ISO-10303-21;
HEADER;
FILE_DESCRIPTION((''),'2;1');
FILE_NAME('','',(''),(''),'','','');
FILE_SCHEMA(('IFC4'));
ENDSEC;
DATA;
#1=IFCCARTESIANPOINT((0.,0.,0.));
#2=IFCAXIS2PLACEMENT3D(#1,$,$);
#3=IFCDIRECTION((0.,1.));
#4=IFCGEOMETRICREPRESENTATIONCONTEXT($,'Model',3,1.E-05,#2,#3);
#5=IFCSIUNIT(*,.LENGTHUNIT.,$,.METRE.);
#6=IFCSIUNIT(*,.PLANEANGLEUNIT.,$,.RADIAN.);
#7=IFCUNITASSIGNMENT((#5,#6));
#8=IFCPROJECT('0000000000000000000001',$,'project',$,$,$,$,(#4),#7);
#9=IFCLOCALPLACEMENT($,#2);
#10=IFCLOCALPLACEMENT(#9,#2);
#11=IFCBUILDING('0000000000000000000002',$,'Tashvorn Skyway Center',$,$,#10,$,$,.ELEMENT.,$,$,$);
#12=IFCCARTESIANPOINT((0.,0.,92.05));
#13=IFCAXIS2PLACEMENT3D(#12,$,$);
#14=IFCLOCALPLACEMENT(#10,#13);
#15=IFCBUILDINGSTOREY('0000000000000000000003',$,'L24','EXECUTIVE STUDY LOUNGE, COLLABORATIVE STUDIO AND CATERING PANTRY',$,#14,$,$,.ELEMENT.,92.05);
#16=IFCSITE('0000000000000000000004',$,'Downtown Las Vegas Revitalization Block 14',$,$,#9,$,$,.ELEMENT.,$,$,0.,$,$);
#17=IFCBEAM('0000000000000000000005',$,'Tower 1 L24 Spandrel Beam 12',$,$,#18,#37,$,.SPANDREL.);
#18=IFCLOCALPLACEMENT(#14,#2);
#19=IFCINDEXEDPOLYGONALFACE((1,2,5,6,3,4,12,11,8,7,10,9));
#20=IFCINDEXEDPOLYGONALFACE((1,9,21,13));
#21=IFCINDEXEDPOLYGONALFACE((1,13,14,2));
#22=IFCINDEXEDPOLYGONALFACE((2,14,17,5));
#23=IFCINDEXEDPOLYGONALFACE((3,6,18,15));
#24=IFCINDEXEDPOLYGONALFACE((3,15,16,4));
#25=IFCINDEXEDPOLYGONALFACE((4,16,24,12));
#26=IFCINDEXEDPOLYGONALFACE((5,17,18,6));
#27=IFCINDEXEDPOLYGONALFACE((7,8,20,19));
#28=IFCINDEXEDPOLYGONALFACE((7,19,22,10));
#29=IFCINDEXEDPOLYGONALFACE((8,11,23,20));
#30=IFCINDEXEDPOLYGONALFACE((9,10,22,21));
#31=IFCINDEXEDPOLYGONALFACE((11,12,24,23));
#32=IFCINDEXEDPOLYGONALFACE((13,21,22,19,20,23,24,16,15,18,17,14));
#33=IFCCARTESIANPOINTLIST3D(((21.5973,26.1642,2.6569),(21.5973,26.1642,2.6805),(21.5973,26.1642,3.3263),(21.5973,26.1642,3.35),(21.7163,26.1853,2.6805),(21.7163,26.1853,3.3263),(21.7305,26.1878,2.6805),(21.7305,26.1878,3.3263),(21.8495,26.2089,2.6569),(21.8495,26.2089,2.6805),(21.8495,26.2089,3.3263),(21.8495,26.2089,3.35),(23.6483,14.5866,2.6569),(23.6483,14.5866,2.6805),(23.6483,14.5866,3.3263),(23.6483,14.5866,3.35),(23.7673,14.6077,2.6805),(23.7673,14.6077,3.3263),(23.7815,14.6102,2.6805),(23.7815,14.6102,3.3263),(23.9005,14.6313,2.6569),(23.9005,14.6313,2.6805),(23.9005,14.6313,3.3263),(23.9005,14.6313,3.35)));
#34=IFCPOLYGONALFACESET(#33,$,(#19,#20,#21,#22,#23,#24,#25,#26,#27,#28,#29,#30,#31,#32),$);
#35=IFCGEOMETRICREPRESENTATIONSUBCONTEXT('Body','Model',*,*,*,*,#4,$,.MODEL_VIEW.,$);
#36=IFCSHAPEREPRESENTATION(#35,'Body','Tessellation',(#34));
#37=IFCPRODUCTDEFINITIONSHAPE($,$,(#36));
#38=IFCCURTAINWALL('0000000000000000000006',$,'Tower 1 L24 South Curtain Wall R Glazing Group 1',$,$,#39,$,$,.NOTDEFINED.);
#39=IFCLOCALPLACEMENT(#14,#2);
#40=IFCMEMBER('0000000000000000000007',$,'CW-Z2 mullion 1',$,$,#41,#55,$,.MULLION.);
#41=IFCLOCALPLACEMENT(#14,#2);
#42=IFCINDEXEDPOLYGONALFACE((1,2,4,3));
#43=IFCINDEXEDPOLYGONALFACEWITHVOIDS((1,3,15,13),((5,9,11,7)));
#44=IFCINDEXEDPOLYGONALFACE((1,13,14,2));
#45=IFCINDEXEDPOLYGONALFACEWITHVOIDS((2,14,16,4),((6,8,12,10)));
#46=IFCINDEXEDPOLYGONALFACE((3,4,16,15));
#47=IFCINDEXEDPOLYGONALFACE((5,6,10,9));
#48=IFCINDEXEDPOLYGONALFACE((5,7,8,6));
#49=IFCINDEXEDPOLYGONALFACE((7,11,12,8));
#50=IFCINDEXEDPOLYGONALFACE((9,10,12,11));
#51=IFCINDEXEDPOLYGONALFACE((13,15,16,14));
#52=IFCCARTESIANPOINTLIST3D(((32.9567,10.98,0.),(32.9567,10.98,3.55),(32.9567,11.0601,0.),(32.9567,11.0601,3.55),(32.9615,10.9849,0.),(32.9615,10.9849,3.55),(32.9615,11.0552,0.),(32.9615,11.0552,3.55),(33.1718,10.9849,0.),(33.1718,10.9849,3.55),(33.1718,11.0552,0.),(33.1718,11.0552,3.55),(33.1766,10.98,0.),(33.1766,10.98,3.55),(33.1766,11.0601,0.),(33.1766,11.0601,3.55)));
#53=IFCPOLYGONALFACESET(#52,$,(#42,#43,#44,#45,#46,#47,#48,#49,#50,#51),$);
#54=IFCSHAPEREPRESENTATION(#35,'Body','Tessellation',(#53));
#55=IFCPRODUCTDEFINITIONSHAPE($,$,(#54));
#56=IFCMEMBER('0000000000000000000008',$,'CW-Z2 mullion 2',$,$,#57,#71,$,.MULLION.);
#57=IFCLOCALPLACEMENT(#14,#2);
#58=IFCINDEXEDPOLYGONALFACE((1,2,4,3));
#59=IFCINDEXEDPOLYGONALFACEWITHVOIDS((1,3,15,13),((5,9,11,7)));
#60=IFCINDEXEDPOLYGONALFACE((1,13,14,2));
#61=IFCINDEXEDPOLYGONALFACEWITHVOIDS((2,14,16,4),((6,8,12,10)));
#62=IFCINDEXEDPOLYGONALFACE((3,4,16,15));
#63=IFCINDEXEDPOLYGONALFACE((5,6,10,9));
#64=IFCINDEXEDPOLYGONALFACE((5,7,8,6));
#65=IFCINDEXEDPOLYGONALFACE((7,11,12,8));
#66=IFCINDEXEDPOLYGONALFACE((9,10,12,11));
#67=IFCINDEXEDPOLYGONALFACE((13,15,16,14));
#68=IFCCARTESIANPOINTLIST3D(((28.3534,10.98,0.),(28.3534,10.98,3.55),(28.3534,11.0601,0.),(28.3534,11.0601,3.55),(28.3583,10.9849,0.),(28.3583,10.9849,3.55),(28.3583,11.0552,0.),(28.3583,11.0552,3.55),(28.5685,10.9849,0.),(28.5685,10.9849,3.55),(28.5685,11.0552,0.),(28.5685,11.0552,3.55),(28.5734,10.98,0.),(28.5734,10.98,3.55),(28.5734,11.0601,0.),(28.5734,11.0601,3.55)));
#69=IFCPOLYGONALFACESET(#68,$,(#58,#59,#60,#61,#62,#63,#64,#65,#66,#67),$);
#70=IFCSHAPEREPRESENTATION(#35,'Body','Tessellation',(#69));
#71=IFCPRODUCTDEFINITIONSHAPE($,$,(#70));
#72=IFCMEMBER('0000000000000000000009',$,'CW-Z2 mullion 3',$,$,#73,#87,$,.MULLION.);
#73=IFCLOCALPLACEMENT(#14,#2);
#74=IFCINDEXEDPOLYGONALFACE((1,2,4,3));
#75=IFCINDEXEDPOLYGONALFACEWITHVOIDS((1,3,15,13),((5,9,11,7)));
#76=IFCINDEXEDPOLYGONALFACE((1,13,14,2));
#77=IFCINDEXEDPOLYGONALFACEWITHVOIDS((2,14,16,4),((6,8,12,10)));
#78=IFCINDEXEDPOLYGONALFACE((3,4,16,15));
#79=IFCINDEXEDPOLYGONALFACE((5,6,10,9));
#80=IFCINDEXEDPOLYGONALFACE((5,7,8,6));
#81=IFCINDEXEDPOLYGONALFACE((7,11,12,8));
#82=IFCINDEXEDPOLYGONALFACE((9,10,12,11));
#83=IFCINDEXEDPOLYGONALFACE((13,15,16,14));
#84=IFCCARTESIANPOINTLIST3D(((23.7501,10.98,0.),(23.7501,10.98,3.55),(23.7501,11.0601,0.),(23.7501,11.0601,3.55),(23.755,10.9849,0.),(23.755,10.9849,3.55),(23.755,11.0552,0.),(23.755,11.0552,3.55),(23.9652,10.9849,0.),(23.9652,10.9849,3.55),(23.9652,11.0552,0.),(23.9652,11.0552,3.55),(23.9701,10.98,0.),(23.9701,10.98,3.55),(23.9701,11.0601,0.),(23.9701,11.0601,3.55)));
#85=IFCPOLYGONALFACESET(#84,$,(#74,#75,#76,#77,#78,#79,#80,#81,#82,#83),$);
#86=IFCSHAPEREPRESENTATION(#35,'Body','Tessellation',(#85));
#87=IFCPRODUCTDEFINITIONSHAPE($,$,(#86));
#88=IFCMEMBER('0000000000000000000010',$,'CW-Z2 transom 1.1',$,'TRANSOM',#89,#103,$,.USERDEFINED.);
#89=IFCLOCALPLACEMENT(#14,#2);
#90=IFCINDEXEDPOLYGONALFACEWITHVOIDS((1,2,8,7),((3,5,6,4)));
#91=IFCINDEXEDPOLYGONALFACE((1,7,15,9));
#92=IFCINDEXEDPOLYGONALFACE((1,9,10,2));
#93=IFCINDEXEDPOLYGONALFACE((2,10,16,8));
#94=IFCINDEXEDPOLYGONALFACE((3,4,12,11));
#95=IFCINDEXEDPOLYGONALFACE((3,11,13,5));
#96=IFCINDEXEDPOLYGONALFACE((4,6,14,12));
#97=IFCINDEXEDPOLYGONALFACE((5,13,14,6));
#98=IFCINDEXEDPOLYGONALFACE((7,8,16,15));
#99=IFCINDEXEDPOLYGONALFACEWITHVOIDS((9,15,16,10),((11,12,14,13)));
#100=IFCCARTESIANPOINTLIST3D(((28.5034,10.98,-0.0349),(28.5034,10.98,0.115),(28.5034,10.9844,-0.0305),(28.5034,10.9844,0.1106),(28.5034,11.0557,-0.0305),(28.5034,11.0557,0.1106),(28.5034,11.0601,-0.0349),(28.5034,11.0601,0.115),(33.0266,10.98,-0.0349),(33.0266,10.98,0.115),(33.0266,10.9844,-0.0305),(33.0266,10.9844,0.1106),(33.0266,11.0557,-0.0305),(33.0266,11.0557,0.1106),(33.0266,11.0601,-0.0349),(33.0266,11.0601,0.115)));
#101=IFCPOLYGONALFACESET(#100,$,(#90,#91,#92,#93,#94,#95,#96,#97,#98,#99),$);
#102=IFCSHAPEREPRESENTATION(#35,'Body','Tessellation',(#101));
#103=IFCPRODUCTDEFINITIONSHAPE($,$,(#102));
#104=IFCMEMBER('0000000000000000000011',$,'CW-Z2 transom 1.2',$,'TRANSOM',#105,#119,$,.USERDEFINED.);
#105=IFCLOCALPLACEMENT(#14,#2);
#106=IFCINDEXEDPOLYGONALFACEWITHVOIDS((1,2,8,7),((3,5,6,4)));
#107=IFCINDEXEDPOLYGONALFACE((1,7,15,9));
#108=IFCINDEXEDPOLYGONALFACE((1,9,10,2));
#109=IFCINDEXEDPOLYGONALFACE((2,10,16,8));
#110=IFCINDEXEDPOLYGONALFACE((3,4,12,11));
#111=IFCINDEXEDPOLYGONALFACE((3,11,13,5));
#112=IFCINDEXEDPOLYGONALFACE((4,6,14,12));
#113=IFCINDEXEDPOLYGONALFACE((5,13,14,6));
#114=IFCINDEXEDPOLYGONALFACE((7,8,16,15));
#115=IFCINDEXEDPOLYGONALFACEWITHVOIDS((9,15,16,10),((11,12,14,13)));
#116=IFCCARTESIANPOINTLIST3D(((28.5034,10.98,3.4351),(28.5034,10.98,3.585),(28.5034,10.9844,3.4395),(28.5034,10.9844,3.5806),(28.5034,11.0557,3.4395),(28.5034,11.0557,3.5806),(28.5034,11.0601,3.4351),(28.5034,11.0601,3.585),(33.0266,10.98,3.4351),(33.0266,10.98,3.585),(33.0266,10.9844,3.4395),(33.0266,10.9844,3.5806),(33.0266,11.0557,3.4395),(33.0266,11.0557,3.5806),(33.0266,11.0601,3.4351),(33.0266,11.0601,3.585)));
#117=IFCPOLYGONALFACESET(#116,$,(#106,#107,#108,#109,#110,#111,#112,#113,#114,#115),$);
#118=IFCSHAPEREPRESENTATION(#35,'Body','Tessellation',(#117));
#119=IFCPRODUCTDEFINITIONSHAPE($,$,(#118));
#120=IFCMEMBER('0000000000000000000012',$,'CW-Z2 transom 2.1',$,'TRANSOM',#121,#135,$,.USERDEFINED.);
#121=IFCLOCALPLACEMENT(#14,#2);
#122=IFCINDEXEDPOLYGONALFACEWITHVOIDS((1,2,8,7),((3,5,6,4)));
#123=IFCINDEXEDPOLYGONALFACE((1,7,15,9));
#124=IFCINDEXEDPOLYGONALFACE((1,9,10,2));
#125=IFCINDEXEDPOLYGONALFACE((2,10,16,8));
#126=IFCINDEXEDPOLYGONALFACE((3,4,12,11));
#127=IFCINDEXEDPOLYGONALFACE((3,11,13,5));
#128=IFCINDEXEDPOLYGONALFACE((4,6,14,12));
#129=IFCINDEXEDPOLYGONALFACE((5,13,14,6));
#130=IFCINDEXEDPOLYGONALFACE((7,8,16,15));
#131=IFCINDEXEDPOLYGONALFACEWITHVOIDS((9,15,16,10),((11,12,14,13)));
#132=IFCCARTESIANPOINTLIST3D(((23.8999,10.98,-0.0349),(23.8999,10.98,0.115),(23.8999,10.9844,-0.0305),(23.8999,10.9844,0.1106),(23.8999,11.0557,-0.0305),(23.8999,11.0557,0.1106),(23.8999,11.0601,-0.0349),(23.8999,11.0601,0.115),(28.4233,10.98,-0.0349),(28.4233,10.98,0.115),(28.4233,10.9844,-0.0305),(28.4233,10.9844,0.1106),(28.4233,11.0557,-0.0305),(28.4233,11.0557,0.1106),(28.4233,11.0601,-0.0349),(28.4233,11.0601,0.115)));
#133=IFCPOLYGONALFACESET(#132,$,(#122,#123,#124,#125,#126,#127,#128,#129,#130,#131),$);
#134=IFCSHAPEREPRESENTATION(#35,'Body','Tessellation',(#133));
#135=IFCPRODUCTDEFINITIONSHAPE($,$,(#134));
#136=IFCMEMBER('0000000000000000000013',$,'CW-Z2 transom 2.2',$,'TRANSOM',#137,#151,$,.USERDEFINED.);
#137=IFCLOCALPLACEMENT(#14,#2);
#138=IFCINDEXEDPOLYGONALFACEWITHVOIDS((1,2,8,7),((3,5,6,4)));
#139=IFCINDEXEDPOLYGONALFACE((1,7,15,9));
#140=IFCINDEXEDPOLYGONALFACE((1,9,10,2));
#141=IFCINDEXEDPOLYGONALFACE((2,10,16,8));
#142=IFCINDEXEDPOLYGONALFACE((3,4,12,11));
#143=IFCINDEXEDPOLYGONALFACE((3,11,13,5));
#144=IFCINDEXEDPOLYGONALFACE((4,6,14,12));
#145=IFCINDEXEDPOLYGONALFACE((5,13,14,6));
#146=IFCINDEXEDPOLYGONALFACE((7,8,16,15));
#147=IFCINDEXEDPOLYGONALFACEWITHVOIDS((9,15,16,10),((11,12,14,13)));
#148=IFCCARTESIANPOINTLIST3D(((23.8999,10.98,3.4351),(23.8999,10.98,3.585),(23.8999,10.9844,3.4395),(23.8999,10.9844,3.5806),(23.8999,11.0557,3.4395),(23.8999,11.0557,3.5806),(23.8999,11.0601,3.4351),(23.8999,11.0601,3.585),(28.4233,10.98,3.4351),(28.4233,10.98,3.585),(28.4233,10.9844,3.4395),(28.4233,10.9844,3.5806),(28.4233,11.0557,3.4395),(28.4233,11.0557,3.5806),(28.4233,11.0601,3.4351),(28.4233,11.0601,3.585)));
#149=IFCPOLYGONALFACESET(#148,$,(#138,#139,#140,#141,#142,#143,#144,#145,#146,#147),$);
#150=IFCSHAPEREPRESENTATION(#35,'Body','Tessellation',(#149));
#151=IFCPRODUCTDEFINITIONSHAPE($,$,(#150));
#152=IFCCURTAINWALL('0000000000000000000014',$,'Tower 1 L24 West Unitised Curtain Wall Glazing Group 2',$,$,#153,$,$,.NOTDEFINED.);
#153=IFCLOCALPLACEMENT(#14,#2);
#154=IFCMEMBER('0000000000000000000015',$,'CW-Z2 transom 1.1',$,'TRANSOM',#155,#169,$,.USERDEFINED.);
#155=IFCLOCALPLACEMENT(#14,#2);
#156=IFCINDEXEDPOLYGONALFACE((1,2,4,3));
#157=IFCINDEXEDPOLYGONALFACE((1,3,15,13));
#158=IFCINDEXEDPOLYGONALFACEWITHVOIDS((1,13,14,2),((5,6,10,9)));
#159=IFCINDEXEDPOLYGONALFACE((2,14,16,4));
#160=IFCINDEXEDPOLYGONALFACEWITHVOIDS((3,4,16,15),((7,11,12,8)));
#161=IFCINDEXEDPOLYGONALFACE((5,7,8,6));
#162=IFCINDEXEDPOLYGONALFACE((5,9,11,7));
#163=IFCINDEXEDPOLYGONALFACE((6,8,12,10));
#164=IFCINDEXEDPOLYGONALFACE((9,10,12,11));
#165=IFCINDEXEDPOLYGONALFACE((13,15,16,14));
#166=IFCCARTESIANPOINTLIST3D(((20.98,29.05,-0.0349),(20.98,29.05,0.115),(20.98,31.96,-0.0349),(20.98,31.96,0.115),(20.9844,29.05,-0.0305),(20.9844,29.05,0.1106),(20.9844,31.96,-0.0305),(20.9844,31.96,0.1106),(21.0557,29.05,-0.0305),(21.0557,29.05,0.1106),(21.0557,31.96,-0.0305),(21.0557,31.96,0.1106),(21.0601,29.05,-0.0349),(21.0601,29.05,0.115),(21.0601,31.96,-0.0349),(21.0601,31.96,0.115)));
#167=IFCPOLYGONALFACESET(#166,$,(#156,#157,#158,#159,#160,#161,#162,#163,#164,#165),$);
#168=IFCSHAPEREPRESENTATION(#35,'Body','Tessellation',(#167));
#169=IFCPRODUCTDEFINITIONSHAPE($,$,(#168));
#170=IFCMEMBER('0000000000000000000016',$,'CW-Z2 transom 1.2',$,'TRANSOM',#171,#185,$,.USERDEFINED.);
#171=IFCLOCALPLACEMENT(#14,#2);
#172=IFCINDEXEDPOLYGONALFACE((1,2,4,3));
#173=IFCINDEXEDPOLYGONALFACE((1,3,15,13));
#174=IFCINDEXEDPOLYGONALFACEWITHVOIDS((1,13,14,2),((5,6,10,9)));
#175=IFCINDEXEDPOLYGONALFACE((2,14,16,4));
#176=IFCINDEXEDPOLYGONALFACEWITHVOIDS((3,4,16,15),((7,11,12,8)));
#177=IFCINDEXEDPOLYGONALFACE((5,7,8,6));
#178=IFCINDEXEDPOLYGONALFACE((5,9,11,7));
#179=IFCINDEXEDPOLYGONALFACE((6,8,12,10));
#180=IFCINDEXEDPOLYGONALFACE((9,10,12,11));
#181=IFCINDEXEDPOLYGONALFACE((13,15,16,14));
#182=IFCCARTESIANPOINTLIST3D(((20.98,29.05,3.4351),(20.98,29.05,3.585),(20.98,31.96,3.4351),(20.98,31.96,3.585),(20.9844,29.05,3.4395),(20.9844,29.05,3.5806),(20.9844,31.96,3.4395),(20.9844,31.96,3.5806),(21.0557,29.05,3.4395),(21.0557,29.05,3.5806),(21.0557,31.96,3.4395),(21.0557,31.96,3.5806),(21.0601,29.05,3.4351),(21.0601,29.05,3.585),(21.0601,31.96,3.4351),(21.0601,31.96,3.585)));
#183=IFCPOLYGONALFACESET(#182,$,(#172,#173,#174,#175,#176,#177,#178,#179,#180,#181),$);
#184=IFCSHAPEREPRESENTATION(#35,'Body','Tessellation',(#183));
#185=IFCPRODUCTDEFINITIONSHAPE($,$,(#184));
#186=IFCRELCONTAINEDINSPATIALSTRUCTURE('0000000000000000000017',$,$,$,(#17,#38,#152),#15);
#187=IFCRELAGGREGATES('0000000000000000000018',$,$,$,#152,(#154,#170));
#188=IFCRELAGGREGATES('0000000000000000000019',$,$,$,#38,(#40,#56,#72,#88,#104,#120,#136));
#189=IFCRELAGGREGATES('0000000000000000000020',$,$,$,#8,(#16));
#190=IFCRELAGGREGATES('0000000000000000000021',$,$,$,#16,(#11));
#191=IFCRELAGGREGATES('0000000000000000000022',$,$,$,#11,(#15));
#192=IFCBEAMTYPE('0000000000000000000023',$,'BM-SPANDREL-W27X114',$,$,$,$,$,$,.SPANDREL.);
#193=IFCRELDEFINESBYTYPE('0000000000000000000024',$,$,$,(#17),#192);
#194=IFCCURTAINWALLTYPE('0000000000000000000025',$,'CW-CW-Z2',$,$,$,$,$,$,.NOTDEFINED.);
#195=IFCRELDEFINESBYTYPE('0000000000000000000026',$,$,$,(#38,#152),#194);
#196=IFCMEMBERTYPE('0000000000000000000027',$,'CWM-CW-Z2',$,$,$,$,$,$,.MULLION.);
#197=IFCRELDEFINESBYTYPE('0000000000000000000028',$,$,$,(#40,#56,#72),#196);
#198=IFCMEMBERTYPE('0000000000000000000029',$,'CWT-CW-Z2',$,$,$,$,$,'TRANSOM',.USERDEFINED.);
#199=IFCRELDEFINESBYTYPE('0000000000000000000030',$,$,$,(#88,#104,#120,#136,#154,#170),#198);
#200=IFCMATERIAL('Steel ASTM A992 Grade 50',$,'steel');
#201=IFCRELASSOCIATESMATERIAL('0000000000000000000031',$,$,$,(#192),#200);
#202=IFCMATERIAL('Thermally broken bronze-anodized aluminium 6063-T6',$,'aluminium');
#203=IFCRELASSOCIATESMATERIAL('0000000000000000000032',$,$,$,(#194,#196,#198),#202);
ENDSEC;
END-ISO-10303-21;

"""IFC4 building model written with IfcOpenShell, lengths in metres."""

from ifc_helpers import new_model, si_unit, direction, frame, origin, origin_2d, place, context, subcontext, project, spatial, hollow_rectangle, i_section, extrude, material, material_profile, profile_set, type_object, element, aggregate, save


model = new_model("IFC4")

# Units and contexts
model_context = context("Model", 3, precision=1e-05, world=origin(), true_north=direction((0.0, 1.0)))
body_context = subcontext(model_context, "Body", "Model", "MODEL_VIEW")
ifc_project = project(units=[si_unit("LENGTHUNIT", "METRE"), si_unit("PLANEANGLEUNIT", "RADIAN")], contexts=[model_context])

# Site, building, storey
site_placement = place(None, origin())
site = spatial("IfcSite", under=ifc_project, at=site_placement, Name="Downtown Las Vegas Revitalization Block 14", CompositionType="ELEMENT", RefElevation=0.0)
building_placement = place(site_placement, origin())
building = spatial("IfcBuilding", under=site, at=building_placement, Name="Tashvorn Skyway Center", CompositionType="ELEMENT")
storey_placement = place(building_placement, frame((0.0, 0.0, 92.05)))
storey = spatial("IfcBuildingStorey", under=building, at=storey_placement, Name="L24", Description="EXECUTIVE STUDY LOUNGE, COLLABORATIVE STUDIO AND CATERING PANTRY", CompositionType="ELEMENT", Elevation=92.05)

# Beam
ifc_material_1 = material(Name="Steel ASTM A992 Grade 50", Category="steel")
ifc_material_profile_1 = material_profile(ifc_material_1, i_section(OverallWidth=0.2561, OverallDepth=0.6931, WebThickness=0.0144, FlangeThickness=0.0237, at=origin_2d()), Name="W27X114")
ifc_profile_set_1 = profile_set([ifc_material_profile_1], Name="Steel ASTM A992 Grade 50")
beam_type_1 = type_object("IfcBeamType", Name="BM-SPANDREL-W27X114", PredefinedType="SPANDREL", material=ifc_profile_set_1)
beam_1_placement = place(storey_placement, frame((21.7234, 26.1865, 3.0034), z_axis=(0.174438, -0.984668, 0.0), x_axis=(0.984668, 0.174438, 0.0)))
element("IfcBeam", 1, at=beam_1_placement, inside=storey, type_object=beam_type_1, Name="Tower 1 L24 Spandrel Beam 12", PredefinedType="SPANDREL", context=body_context, shape_type="SweptSolid", body=[
    extrude(i_section(OverallWidth=0.2561, OverallDepth=0.6931, WebThickness=0.0144, FlangeThickness=0.0237, at=origin_2d()), origin(), (0.0, 0.0, 1.0), 11.7578),
])

# Curtain walls, members
ifc_material_2 = material(Name="Thermally broken bronze-anodized aluminium 6063-T6", Category="aluminium")
curtain_wall_type = type_object("IfcCurtainWallType", Name="CW-CW-Z2", PredefinedType="NOTDEFINED", material=ifc_material_2)
curtain_wall_1_placement = place(storey_placement, origin())
curtain_wall_1 = element("IfcCurtainWall", 2, at=curtain_wall_1_placement, inside=storey, type_object=curtain_wall_type, Name="Tower 1 L24 South Curtain Wall R Glazing Group 1", PredefinedType="NOTDEFINED")
ifc_material_profile_2 = material_profile(ifc_material_2, hollow_rectangle(XDim=0.0801, YDim=0.22, WallThickness=0.0049, at=origin_2d()), Name="ALU-MULL-80x220")
ifc_profile_set_2 = profile_set([ifc_material_profile_2], Name="Thermally broken bronze-anodized aluminium 6063-T6")
member_type_1 = type_object("IfcMemberType", Name="CWM-CW-Z2", PredefinedType="MULLION", material=ifc_profile_set_2)
member_1_placement = place(storey_placement, frame((33.0667, 11.02, 0.0), z_axis=(0.0, 0.0, 1.0), x_axis=(0.0, -1.0, 0.0)))
member_1 = element("IfcMember", 3, at=member_1_placement, type_object=member_type_1, Name="CW-Z2 mullion 1", PredefinedType="MULLION", context=body_context, shape_type="SweptSolid", body=[
    extrude(hollow_rectangle(XDim=0.0801, YDim=0.22, WallThickness=0.0049, at=origin_2d()), origin(), (0.0, 0.0, 1.0), 3.55),
])
member_2_placement = place(storey_placement, frame((28.4634, 11.02, 0.0), z_axis=(0.0, 0.0, 1.0), x_axis=(0.0, -1.0, 0.0)))
member_2 = element("IfcMember", 4, at=member_2_placement, type_object=member_type_1, Name="CW-Z2 mullion 2", PredefinedType="MULLION", context=body_context, shape_type="SweptSolid", body=[
    extrude(hollow_rectangle(XDim=0.0801, YDim=0.22, WallThickness=0.0049, at=origin_2d()), origin(), (0.0, 0.0, 1.0), 3.55),
])
member_3_placement = place(storey_placement, frame((23.8601, 11.02, 0.0), z_axis=(0.0, 0.0, 1.0), x_axis=(0.0, -1.0, 0.0)))
member_3 = element("IfcMember", 5, at=member_3_placement, type_object=member_type_1, Name="CW-Z2 mullion 3", PredefinedType="MULLION", context=body_context, shape_type="SweptSolid", body=[
    extrude(hollow_rectangle(XDim=0.0801, YDim=0.22, WallThickness=0.0049, at=origin_2d()), origin(), (0.0, 0.0, 1.0), 3.55),
])
ifc_material_profile_3 = material_profile(ifc_material_2, hollow_rectangle(XDim=0.0801, YDim=0.1499, WallThickness=0.0044, at=origin_2d()), Name="ALU-TRAN-80x150")
ifc_profile_set_3 = profile_set([ifc_material_profile_3], Name="Thermally broken bronze-anodized aluminium 6063-T6")
member_type_2 = type_object("IfcMemberType", Name="CWT-CW-Z2", ElementType="TRANSOM", PredefinedType="USERDEFINED", material=ifc_profile_set_3)
member_4_placement = place(storey_placement, frame((33.0266, 11.02, 0.04), z_axis=(-1.0, 0.0, 0.0), x_axis=(0.0, -1.0, 0.0)))
member_4 = element("IfcMember", 6, at=member_4_placement, type_object=member_type_2, Name="CW-Z2 transom 1.1", ObjectType="TRANSOM", PredefinedType="USERDEFINED", context=body_context, shape_type="SweptSolid", body=[
    extrude(hollow_rectangle(XDim=0.0801, YDim=0.1499, WallThickness=0.0044, at=origin_2d()), origin(), (0.0, 0.0, 1.0), 4.5232),
])
member_5_placement = place(storey_placement, frame((33.0266, 11.02, 3.51), z_axis=(-1.0, 0.0, 0.0), x_axis=(0.0, -1.0, 0.0)))
member_5 = element("IfcMember", 7, at=member_5_placement, type_object=member_type_2, Name="CW-Z2 transom 1.2", ObjectType="TRANSOM", PredefinedType="USERDEFINED", context=body_context, shape_type="SweptSolid", body=[
    extrude(hollow_rectangle(XDim=0.0801, YDim=0.1499, WallThickness=0.0044, at=origin_2d()), origin(), (0.0, 0.0, 1.0), 4.5232),
])
member_6_placement = place(storey_placement, frame((28.4233, 11.02, 0.04), z_axis=(-1.0, 0.0, 0.0), x_axis=(0.0, -1.0, 0.0)))
member_6 = element("IfcMember", 8, at=member_6_placement, type_object=member_type_2, Name="CW-Z2 transom 2.1", ObjectType="TRANSOM", PredefinedType="USERDEFINED", context=body_context, shape_type="SweptSolid", body=[
    extrude(hollow_rectangle(XDim=0.0801, YDim=0.1499, WallThickness=0.0044, at=origin_2d()), origin(), (0.0, 0.0, 1.0), 4.5234),
])
member_7_placement = place(storey_placement, frame((28.4233, 11.02, 3.51), z_axis=(-1.0, 0.0, 0.0), x_axis=(0.0, -1.0, 0.0)))
member_7 = element("IfcMember", 9, at=member_7_placement, type_object=member_type_2, Name="CW-Z2 transom 2.2", ObjectType="TRANSOM", PredefinedType="USERDEFINED", context=body_context, shape_type="SweptSolid", body=[
    extrude(hollow_rectangle(XDim=0.0801, YDim=0.1499, WallThickness=0.0044, at=origin_2d()), origin(), (0.0, 0.0, 1.0), 4.5234),
])
curtain_wall_2_placement = place(storey_placement, origin())
curtain_wall_2 = element("IfcCurtainWall", 10, at=curtain_wall_2_placement, inside=storey, type_object=curtain_wall_type, Name="Tower 1 L24 West Unitised Curtain Wall Glazing Group 2", PredefinedType="NOTDEFINED")
member_8_placement = place(storey_placement, frame((21.02, 29.05, 0.04), z_axis=(0.0, 1.0, 0.0), x_axis=(-1.0, 0.0, 0.0)))
member_8 = element("IfcMember", 11, at=member_8_placement, type_object=member_type_2, Name="CW-Z2 transom 1.1", ObjectType="TRANSOM", PredefinedType="USERDEFINED", context=body_context, shape_type="SweptSolid", body=[
    extrude(hollow_rectangle(XDim=0.0801, YDim=0.1499, WallThickness=0.0044, at=origin_2d()), origin(), (0.0, 0.0, 1.0), 2.9099),
])
member_9_placement = place(storey_placement, frame((21.02, 29.05, 3.51), z_axis=(0.0, 1.0, 0.0), x_axis=(-1.0, 0.0, 0.0)))
member_9 = element("IfcMember", 12, at=member_9_placement, type_object=member_type_2, Name="CW-Z2 transom 1.2", ObjectType="TRANSOM", PredefinedType="USERDEFINED", context=body_context, shape_type="SweptSolid", body=[
    extrude(hollow_rectangle(XDim=0.0801, YDim=0.1499, WallThickness=0.0044, at=origin_2d()), origin(), (0.0, 0.0, 1.0), 2.9099),
])
aggregate(curtain_wall_2, [member_8, member_9])

aggregate(curtain_wall_1, [member_1, member_2, member_3, member_4, member_5, member_6, member_7])

save(model, "model.ifc")
